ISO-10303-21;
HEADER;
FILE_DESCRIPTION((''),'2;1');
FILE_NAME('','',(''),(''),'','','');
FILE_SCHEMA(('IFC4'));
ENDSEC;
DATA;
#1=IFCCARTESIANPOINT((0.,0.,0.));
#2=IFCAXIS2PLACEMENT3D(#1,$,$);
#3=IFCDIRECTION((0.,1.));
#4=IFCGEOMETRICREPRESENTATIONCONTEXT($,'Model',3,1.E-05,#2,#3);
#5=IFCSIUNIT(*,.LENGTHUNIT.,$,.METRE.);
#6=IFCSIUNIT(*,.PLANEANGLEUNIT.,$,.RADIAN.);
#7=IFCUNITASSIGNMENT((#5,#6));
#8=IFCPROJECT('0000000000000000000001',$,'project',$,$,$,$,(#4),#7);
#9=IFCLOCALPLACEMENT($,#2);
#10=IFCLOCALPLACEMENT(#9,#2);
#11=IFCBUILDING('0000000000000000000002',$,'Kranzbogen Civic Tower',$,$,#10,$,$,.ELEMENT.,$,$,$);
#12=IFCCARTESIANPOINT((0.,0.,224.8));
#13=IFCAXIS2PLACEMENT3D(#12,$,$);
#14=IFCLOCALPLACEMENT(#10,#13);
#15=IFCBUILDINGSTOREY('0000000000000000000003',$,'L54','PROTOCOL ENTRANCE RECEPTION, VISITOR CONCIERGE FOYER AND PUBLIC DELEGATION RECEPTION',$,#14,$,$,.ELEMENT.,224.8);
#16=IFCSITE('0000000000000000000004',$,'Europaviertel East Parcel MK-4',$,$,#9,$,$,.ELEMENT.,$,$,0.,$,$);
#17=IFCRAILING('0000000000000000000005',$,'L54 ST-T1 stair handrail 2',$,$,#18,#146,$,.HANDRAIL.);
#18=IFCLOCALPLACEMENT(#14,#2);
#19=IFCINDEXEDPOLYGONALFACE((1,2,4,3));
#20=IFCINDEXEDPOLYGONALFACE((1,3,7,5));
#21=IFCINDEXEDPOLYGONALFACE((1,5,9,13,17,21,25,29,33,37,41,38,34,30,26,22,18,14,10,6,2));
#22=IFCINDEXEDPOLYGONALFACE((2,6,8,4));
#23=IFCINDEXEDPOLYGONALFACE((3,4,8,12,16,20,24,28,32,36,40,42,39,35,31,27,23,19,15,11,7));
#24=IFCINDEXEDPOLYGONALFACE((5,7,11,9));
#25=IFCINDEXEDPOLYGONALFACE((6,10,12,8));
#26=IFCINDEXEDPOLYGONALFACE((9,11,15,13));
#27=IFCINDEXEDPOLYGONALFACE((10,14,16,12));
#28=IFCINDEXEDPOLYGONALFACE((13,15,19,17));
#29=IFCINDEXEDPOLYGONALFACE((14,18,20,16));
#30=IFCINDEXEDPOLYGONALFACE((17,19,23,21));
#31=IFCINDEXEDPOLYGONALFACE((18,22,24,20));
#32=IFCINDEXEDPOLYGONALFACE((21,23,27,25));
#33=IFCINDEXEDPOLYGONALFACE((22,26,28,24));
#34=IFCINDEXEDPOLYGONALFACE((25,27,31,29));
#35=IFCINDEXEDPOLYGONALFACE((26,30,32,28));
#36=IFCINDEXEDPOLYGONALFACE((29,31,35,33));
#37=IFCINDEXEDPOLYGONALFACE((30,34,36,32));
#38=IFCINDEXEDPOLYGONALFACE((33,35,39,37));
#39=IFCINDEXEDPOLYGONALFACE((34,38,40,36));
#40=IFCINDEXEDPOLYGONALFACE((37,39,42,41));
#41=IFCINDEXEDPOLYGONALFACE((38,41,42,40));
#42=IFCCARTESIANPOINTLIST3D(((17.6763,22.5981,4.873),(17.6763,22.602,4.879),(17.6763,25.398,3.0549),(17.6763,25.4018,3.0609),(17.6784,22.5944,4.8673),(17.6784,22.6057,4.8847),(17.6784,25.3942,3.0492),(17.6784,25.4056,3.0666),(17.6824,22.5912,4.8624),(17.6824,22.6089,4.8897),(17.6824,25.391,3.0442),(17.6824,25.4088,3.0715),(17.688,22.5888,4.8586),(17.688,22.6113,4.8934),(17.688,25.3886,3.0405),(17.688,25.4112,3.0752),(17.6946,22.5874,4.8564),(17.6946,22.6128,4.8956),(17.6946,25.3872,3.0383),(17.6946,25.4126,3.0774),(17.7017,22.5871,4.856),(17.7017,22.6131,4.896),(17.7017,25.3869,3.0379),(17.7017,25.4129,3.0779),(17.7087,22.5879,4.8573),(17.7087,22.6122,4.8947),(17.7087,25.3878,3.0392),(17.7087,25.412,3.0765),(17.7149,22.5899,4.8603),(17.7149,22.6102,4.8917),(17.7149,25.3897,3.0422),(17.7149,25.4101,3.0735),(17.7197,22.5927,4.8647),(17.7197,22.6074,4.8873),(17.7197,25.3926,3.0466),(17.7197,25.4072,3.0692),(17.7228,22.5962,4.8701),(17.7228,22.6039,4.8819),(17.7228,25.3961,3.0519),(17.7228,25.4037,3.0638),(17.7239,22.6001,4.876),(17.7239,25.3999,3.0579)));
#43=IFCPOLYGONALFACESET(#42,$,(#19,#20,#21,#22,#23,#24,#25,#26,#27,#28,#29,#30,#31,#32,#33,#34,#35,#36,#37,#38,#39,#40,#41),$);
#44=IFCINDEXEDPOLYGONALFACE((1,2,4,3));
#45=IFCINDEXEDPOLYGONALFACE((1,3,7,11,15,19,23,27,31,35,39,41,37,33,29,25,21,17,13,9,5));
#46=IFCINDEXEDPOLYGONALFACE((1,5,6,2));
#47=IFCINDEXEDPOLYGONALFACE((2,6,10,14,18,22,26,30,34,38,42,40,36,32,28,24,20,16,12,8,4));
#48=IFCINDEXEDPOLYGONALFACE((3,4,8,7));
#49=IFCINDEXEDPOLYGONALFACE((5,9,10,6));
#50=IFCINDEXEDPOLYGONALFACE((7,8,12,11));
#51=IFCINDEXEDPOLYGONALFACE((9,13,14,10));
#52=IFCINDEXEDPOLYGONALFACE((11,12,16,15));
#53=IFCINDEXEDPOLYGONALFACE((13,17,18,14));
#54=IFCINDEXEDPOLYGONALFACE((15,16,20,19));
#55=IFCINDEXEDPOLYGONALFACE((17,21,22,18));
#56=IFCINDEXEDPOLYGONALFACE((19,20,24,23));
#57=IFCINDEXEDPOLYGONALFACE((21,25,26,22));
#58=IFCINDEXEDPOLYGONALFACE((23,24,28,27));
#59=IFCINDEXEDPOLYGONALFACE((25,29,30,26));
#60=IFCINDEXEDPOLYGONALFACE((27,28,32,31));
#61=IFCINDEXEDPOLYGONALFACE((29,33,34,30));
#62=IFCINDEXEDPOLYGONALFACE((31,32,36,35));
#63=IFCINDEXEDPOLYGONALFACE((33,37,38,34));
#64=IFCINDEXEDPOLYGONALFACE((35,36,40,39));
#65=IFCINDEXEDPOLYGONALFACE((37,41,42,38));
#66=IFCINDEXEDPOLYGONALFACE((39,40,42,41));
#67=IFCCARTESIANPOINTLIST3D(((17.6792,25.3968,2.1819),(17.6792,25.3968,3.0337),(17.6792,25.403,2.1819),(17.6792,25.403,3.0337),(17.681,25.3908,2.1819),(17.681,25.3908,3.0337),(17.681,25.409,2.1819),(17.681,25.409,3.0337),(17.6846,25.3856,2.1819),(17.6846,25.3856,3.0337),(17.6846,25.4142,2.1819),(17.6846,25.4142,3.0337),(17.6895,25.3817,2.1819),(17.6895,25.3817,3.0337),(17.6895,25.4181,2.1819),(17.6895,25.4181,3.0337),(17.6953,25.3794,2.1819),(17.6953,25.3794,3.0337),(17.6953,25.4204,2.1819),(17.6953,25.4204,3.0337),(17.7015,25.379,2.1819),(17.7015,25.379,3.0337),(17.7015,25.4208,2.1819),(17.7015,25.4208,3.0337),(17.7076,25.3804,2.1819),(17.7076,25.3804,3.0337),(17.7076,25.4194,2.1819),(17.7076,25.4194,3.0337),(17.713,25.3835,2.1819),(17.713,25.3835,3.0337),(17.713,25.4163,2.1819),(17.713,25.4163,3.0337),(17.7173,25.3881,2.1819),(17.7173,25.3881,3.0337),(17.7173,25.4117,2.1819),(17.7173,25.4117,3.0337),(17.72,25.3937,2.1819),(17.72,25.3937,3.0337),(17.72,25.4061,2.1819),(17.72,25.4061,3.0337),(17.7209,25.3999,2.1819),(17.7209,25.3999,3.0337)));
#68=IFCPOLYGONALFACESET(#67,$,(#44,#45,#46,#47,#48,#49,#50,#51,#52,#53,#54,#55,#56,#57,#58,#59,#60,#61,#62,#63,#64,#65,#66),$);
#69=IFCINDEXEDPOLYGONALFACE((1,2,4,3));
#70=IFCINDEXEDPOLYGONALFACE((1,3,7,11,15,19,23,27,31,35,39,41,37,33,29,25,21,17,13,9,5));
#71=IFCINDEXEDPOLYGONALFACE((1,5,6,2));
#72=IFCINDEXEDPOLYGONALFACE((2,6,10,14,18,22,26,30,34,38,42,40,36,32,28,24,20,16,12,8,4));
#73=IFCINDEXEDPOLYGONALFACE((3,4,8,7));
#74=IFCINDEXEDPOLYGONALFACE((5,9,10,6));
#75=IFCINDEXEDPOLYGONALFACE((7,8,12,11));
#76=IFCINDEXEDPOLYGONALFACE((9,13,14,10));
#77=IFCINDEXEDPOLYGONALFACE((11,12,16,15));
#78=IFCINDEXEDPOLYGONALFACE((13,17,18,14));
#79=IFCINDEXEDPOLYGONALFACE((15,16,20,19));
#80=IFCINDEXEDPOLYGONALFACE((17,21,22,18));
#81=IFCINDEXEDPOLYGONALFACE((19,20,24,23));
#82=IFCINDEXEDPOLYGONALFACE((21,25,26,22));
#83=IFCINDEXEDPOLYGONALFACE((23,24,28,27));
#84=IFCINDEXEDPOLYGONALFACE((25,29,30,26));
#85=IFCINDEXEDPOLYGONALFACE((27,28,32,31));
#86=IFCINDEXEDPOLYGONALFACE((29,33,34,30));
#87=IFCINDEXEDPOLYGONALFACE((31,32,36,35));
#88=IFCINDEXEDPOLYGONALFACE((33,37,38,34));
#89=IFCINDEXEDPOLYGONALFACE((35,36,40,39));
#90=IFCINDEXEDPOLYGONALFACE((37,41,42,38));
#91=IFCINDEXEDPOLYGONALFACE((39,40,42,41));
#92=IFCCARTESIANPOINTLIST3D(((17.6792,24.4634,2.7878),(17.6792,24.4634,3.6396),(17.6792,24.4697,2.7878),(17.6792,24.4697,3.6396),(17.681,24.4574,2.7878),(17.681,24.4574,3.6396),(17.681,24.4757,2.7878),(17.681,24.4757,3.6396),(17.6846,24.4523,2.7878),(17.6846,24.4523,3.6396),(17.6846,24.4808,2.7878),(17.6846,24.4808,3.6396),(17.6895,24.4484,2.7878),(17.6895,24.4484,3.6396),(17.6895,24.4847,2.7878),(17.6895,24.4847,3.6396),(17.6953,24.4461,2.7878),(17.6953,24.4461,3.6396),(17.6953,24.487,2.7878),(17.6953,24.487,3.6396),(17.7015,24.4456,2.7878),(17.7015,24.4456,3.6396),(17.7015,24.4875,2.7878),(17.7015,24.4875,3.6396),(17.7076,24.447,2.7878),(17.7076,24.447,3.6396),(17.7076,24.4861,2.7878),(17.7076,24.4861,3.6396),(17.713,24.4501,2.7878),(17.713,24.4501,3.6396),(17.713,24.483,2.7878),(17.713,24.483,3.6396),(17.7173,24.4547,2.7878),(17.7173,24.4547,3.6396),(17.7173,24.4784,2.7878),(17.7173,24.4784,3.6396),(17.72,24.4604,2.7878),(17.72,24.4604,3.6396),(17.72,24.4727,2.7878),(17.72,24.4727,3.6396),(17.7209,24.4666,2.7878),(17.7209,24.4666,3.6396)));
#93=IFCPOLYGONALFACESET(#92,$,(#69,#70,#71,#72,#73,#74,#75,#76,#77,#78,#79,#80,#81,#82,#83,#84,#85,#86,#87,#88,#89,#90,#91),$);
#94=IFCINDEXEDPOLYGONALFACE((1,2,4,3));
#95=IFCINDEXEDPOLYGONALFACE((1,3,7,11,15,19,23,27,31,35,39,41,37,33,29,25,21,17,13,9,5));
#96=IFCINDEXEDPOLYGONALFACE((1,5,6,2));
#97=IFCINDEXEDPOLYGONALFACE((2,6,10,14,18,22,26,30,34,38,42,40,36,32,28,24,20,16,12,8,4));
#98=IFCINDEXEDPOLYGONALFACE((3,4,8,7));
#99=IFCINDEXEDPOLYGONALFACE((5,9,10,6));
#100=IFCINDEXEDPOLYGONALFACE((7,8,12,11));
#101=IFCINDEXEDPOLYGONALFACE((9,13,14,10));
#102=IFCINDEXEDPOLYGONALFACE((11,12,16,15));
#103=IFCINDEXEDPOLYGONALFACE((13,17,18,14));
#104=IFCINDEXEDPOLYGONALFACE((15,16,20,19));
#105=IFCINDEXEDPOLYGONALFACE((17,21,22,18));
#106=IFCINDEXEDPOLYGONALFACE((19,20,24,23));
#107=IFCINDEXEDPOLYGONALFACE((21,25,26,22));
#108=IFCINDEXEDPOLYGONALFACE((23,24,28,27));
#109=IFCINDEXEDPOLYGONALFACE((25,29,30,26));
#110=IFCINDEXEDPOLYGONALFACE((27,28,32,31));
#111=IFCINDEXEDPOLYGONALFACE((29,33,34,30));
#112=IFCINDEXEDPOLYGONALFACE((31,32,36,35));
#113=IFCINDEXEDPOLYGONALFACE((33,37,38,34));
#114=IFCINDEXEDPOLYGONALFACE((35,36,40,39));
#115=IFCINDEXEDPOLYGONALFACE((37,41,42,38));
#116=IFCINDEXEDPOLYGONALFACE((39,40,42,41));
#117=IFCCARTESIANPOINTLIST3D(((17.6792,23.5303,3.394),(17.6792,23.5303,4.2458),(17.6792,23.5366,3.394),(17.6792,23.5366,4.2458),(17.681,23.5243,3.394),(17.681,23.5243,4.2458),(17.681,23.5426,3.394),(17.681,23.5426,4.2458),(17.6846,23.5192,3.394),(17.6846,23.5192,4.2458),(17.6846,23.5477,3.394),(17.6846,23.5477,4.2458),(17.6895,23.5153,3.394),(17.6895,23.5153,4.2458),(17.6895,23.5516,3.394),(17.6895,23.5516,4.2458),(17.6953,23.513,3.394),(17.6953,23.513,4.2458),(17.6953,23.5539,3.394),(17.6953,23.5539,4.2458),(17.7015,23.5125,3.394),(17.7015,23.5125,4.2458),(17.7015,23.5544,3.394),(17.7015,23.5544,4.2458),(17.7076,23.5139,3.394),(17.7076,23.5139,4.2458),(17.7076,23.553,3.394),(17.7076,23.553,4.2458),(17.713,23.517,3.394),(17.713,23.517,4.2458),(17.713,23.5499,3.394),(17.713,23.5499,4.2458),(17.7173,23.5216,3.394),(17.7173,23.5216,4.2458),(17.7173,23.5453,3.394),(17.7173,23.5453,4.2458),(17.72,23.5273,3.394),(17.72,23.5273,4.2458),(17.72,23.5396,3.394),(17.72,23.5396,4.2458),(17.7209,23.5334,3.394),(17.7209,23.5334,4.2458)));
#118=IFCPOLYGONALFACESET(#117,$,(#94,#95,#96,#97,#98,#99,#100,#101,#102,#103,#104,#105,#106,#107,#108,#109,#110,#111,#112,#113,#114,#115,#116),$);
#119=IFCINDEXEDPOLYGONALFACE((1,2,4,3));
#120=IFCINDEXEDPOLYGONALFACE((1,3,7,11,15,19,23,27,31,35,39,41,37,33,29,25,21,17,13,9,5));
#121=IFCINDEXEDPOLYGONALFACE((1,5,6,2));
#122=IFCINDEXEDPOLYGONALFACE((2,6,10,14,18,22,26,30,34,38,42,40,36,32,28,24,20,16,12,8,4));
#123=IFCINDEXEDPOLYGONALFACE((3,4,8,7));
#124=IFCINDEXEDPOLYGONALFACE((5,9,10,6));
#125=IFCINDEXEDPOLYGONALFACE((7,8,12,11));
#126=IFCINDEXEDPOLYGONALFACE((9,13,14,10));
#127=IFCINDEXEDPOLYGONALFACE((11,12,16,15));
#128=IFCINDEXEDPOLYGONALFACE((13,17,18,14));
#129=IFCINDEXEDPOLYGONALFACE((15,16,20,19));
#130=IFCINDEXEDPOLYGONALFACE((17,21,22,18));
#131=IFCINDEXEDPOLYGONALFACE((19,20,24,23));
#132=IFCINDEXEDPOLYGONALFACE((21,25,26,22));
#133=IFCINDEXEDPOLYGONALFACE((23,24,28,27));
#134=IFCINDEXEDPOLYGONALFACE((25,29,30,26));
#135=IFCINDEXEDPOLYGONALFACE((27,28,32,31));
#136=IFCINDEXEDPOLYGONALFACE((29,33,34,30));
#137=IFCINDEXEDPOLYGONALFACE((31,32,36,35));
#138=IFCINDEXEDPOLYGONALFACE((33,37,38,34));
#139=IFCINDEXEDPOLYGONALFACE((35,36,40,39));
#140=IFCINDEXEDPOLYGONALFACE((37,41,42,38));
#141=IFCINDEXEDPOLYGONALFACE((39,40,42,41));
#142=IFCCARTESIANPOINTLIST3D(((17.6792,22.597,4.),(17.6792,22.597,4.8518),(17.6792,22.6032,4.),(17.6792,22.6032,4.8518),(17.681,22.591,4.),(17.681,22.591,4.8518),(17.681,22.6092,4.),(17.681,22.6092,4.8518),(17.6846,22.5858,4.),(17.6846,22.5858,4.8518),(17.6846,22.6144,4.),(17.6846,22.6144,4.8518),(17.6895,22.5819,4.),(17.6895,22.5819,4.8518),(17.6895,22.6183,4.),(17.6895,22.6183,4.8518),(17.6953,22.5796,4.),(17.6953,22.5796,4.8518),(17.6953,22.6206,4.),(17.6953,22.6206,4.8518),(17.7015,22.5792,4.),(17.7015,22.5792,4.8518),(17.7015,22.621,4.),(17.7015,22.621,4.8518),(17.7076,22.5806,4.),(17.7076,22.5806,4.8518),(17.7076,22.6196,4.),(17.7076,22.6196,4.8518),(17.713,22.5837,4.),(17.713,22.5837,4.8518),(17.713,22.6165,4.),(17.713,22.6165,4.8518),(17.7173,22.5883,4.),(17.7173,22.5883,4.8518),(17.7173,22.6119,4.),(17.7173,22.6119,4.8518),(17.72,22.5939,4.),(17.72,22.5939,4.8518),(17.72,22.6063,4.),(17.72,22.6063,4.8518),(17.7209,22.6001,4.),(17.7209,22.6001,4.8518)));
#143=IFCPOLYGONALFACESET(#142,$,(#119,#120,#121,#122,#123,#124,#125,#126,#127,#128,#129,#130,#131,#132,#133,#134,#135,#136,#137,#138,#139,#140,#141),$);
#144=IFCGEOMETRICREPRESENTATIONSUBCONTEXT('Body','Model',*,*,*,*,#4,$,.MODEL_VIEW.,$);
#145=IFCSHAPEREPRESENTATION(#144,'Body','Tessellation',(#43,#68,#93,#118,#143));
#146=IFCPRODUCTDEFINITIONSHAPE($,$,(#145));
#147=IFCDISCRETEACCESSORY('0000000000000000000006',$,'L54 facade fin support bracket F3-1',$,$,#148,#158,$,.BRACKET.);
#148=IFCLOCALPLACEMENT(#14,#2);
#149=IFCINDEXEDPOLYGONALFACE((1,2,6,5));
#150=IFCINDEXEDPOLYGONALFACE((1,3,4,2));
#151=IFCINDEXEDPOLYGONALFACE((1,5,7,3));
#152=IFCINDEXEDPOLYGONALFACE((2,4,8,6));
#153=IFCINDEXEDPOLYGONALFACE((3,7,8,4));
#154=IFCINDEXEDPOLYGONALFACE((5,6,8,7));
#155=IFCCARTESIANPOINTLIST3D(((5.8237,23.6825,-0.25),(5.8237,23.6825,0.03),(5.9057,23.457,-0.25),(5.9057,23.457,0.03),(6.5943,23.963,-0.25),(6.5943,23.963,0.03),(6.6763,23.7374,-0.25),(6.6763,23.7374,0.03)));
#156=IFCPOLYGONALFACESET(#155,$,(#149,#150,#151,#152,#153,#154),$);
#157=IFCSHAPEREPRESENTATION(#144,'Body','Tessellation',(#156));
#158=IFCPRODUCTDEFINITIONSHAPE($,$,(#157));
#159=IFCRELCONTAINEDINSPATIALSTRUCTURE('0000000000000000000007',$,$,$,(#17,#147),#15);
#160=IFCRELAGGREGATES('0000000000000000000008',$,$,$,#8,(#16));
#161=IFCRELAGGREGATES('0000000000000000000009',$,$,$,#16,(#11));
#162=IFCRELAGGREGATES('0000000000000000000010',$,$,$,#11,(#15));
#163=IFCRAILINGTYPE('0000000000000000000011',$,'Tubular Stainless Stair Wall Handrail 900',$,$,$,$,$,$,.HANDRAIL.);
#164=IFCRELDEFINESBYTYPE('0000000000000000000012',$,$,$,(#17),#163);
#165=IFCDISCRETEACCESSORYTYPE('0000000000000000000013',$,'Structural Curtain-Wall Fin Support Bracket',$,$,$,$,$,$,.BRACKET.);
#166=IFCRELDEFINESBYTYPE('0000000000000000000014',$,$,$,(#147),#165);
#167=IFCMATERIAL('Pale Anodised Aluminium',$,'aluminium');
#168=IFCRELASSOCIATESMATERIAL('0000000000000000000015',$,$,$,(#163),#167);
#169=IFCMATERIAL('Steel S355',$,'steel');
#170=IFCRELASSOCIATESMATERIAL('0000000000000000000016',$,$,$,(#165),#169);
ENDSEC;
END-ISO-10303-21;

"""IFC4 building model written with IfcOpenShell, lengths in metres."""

from ifc_helpers import new_model, si_unit, direction, frame, origin, origin_2d, place, context, subcontext, project, spatial, rectangle, circle, extrude, material, type_object, element, save


model = new_model("IFC4")

# Units and contexts
model_context = context("Model", 3, precision=1e-05, world=origin(), true_north=direction((0.0, 1.0)))
body_context = subcontext(model_context, "Body", "Model", "MODEL_VIEW")
ifc_project = project(units=[si_unit("LENGTHUNIT", "METRE"), si_unit("PLANEANGLEUNIT", "RADIAN")], contexts=[model_context])

# Site, building, storey
site_placement = place(None, origin())
site = spatial("IfcSite", under=ifc_project, at=site_placement, Name="Europaviertel East Parcel MK-4", CompositionType="ELEMENT", RefElevation=0.0)
building_placement = place(site_placement, origin())
building = spatial("IfcBuilding", under=site, at=building_placement, Name="Kranzbogen Civic Tower", CompositionType="ELEMENT")
storey_placement = place(building_placement, frame((0.0, 0.0, 224.8)))
storey = spatial("IfcBuildingStorey", under=building, at=storey_placement, Name="L54", Description="PROTOCOL ENTRANCE RECEPTION, VISITOR CONCIERGE FOYER AND PUBLIC DELEGATION RECEPTION", CompositionType="ELEMENT", Elevation=224.8)

# Shared definitions
ifc_material_1 = material(Name="Steel S355", Category="steel")

# Shared definitions
ifc_material_2 = material(Name="Pale Anodised Aluminium", Category="aluminium")

# Railing
railing_type_1 = type_object("IfcRailingType", Name="Tubular Stainless Stair Wall Handrail 900", PredefinedType="HANDRAIL", material=ifc_material_2)
railing_1_placement = place(storey_placement, frame((17.7, 25.3999, 2.1819)))
element("IfcRailing", 1, at=railing_1_placement, inside=storey, type_object=railing_type_1, Name="L54 ST-T1 stair handrail 2", PredefinedType="HANDRAIL", context=body_context, shape_type="SweptSolid", body=[
    extrude(circle(Radius=0.0239, at=origin_2d()), frame((0.0, 0.0, 0.876), z_axis=(0.0, -0.838684, 0.544618), x_axis=(1.0, 0.0, 0.0)), (0.0, 0.0, 1.0), 3.3384),
    extrude(circle(Radius=0.021, at=origin_2d()), origin(), (0.0, 0.0, 1.0), 0.8518),
    extrude(circle(Radius=0.021, at=origin_2d()), frame((0.0, -0.9333, 0.606)), (0.0, 0.0, 1.0), 0.8518),
    extrude(circle(Radius=0.021, at=origin_2d()), frame((0.0, -1.8665, 1.2122)), (0.0, 0.0, 1.0), 0.8518),
    extrude(circle(Radius=0.021, at=origin_2d()), frame((0.0, -2.7998, 1.8181)), (0.0, 0.0, 1.0), 0.8518),
])

# Discrete accessory
discrete_accessory_type = type_object("IfcDiscreteAccessoryType", Name="Structural Curtain-Wall Fin Support Bracket", PredefinedType="BRACKET", material=ifc_material_1)
discrete_accessory_placement = place(storey_placement, frame((6.25, 23.71, -0.25), z_axis=(0.0, 0.0, 1.0), x_axis=(-0.939693, -0.34202, 0.0)))
element("IfcDiscreteAccessory", 2, at=discrete_accessory_placement, inside=storey, type_object=discrete_accessory_type, Name="L54 facade fin support bracket F3-1", PredefinedType="BRACKET", context=body_context, shape_type="SweptSolid", body=[
    extrude(rectangle(XDim=0.8201, YDim=0.24, at=origin_2d()), origin(), (0.0, 0.0, 1.0), 0.28),
])

save(model, "model.ifc")
